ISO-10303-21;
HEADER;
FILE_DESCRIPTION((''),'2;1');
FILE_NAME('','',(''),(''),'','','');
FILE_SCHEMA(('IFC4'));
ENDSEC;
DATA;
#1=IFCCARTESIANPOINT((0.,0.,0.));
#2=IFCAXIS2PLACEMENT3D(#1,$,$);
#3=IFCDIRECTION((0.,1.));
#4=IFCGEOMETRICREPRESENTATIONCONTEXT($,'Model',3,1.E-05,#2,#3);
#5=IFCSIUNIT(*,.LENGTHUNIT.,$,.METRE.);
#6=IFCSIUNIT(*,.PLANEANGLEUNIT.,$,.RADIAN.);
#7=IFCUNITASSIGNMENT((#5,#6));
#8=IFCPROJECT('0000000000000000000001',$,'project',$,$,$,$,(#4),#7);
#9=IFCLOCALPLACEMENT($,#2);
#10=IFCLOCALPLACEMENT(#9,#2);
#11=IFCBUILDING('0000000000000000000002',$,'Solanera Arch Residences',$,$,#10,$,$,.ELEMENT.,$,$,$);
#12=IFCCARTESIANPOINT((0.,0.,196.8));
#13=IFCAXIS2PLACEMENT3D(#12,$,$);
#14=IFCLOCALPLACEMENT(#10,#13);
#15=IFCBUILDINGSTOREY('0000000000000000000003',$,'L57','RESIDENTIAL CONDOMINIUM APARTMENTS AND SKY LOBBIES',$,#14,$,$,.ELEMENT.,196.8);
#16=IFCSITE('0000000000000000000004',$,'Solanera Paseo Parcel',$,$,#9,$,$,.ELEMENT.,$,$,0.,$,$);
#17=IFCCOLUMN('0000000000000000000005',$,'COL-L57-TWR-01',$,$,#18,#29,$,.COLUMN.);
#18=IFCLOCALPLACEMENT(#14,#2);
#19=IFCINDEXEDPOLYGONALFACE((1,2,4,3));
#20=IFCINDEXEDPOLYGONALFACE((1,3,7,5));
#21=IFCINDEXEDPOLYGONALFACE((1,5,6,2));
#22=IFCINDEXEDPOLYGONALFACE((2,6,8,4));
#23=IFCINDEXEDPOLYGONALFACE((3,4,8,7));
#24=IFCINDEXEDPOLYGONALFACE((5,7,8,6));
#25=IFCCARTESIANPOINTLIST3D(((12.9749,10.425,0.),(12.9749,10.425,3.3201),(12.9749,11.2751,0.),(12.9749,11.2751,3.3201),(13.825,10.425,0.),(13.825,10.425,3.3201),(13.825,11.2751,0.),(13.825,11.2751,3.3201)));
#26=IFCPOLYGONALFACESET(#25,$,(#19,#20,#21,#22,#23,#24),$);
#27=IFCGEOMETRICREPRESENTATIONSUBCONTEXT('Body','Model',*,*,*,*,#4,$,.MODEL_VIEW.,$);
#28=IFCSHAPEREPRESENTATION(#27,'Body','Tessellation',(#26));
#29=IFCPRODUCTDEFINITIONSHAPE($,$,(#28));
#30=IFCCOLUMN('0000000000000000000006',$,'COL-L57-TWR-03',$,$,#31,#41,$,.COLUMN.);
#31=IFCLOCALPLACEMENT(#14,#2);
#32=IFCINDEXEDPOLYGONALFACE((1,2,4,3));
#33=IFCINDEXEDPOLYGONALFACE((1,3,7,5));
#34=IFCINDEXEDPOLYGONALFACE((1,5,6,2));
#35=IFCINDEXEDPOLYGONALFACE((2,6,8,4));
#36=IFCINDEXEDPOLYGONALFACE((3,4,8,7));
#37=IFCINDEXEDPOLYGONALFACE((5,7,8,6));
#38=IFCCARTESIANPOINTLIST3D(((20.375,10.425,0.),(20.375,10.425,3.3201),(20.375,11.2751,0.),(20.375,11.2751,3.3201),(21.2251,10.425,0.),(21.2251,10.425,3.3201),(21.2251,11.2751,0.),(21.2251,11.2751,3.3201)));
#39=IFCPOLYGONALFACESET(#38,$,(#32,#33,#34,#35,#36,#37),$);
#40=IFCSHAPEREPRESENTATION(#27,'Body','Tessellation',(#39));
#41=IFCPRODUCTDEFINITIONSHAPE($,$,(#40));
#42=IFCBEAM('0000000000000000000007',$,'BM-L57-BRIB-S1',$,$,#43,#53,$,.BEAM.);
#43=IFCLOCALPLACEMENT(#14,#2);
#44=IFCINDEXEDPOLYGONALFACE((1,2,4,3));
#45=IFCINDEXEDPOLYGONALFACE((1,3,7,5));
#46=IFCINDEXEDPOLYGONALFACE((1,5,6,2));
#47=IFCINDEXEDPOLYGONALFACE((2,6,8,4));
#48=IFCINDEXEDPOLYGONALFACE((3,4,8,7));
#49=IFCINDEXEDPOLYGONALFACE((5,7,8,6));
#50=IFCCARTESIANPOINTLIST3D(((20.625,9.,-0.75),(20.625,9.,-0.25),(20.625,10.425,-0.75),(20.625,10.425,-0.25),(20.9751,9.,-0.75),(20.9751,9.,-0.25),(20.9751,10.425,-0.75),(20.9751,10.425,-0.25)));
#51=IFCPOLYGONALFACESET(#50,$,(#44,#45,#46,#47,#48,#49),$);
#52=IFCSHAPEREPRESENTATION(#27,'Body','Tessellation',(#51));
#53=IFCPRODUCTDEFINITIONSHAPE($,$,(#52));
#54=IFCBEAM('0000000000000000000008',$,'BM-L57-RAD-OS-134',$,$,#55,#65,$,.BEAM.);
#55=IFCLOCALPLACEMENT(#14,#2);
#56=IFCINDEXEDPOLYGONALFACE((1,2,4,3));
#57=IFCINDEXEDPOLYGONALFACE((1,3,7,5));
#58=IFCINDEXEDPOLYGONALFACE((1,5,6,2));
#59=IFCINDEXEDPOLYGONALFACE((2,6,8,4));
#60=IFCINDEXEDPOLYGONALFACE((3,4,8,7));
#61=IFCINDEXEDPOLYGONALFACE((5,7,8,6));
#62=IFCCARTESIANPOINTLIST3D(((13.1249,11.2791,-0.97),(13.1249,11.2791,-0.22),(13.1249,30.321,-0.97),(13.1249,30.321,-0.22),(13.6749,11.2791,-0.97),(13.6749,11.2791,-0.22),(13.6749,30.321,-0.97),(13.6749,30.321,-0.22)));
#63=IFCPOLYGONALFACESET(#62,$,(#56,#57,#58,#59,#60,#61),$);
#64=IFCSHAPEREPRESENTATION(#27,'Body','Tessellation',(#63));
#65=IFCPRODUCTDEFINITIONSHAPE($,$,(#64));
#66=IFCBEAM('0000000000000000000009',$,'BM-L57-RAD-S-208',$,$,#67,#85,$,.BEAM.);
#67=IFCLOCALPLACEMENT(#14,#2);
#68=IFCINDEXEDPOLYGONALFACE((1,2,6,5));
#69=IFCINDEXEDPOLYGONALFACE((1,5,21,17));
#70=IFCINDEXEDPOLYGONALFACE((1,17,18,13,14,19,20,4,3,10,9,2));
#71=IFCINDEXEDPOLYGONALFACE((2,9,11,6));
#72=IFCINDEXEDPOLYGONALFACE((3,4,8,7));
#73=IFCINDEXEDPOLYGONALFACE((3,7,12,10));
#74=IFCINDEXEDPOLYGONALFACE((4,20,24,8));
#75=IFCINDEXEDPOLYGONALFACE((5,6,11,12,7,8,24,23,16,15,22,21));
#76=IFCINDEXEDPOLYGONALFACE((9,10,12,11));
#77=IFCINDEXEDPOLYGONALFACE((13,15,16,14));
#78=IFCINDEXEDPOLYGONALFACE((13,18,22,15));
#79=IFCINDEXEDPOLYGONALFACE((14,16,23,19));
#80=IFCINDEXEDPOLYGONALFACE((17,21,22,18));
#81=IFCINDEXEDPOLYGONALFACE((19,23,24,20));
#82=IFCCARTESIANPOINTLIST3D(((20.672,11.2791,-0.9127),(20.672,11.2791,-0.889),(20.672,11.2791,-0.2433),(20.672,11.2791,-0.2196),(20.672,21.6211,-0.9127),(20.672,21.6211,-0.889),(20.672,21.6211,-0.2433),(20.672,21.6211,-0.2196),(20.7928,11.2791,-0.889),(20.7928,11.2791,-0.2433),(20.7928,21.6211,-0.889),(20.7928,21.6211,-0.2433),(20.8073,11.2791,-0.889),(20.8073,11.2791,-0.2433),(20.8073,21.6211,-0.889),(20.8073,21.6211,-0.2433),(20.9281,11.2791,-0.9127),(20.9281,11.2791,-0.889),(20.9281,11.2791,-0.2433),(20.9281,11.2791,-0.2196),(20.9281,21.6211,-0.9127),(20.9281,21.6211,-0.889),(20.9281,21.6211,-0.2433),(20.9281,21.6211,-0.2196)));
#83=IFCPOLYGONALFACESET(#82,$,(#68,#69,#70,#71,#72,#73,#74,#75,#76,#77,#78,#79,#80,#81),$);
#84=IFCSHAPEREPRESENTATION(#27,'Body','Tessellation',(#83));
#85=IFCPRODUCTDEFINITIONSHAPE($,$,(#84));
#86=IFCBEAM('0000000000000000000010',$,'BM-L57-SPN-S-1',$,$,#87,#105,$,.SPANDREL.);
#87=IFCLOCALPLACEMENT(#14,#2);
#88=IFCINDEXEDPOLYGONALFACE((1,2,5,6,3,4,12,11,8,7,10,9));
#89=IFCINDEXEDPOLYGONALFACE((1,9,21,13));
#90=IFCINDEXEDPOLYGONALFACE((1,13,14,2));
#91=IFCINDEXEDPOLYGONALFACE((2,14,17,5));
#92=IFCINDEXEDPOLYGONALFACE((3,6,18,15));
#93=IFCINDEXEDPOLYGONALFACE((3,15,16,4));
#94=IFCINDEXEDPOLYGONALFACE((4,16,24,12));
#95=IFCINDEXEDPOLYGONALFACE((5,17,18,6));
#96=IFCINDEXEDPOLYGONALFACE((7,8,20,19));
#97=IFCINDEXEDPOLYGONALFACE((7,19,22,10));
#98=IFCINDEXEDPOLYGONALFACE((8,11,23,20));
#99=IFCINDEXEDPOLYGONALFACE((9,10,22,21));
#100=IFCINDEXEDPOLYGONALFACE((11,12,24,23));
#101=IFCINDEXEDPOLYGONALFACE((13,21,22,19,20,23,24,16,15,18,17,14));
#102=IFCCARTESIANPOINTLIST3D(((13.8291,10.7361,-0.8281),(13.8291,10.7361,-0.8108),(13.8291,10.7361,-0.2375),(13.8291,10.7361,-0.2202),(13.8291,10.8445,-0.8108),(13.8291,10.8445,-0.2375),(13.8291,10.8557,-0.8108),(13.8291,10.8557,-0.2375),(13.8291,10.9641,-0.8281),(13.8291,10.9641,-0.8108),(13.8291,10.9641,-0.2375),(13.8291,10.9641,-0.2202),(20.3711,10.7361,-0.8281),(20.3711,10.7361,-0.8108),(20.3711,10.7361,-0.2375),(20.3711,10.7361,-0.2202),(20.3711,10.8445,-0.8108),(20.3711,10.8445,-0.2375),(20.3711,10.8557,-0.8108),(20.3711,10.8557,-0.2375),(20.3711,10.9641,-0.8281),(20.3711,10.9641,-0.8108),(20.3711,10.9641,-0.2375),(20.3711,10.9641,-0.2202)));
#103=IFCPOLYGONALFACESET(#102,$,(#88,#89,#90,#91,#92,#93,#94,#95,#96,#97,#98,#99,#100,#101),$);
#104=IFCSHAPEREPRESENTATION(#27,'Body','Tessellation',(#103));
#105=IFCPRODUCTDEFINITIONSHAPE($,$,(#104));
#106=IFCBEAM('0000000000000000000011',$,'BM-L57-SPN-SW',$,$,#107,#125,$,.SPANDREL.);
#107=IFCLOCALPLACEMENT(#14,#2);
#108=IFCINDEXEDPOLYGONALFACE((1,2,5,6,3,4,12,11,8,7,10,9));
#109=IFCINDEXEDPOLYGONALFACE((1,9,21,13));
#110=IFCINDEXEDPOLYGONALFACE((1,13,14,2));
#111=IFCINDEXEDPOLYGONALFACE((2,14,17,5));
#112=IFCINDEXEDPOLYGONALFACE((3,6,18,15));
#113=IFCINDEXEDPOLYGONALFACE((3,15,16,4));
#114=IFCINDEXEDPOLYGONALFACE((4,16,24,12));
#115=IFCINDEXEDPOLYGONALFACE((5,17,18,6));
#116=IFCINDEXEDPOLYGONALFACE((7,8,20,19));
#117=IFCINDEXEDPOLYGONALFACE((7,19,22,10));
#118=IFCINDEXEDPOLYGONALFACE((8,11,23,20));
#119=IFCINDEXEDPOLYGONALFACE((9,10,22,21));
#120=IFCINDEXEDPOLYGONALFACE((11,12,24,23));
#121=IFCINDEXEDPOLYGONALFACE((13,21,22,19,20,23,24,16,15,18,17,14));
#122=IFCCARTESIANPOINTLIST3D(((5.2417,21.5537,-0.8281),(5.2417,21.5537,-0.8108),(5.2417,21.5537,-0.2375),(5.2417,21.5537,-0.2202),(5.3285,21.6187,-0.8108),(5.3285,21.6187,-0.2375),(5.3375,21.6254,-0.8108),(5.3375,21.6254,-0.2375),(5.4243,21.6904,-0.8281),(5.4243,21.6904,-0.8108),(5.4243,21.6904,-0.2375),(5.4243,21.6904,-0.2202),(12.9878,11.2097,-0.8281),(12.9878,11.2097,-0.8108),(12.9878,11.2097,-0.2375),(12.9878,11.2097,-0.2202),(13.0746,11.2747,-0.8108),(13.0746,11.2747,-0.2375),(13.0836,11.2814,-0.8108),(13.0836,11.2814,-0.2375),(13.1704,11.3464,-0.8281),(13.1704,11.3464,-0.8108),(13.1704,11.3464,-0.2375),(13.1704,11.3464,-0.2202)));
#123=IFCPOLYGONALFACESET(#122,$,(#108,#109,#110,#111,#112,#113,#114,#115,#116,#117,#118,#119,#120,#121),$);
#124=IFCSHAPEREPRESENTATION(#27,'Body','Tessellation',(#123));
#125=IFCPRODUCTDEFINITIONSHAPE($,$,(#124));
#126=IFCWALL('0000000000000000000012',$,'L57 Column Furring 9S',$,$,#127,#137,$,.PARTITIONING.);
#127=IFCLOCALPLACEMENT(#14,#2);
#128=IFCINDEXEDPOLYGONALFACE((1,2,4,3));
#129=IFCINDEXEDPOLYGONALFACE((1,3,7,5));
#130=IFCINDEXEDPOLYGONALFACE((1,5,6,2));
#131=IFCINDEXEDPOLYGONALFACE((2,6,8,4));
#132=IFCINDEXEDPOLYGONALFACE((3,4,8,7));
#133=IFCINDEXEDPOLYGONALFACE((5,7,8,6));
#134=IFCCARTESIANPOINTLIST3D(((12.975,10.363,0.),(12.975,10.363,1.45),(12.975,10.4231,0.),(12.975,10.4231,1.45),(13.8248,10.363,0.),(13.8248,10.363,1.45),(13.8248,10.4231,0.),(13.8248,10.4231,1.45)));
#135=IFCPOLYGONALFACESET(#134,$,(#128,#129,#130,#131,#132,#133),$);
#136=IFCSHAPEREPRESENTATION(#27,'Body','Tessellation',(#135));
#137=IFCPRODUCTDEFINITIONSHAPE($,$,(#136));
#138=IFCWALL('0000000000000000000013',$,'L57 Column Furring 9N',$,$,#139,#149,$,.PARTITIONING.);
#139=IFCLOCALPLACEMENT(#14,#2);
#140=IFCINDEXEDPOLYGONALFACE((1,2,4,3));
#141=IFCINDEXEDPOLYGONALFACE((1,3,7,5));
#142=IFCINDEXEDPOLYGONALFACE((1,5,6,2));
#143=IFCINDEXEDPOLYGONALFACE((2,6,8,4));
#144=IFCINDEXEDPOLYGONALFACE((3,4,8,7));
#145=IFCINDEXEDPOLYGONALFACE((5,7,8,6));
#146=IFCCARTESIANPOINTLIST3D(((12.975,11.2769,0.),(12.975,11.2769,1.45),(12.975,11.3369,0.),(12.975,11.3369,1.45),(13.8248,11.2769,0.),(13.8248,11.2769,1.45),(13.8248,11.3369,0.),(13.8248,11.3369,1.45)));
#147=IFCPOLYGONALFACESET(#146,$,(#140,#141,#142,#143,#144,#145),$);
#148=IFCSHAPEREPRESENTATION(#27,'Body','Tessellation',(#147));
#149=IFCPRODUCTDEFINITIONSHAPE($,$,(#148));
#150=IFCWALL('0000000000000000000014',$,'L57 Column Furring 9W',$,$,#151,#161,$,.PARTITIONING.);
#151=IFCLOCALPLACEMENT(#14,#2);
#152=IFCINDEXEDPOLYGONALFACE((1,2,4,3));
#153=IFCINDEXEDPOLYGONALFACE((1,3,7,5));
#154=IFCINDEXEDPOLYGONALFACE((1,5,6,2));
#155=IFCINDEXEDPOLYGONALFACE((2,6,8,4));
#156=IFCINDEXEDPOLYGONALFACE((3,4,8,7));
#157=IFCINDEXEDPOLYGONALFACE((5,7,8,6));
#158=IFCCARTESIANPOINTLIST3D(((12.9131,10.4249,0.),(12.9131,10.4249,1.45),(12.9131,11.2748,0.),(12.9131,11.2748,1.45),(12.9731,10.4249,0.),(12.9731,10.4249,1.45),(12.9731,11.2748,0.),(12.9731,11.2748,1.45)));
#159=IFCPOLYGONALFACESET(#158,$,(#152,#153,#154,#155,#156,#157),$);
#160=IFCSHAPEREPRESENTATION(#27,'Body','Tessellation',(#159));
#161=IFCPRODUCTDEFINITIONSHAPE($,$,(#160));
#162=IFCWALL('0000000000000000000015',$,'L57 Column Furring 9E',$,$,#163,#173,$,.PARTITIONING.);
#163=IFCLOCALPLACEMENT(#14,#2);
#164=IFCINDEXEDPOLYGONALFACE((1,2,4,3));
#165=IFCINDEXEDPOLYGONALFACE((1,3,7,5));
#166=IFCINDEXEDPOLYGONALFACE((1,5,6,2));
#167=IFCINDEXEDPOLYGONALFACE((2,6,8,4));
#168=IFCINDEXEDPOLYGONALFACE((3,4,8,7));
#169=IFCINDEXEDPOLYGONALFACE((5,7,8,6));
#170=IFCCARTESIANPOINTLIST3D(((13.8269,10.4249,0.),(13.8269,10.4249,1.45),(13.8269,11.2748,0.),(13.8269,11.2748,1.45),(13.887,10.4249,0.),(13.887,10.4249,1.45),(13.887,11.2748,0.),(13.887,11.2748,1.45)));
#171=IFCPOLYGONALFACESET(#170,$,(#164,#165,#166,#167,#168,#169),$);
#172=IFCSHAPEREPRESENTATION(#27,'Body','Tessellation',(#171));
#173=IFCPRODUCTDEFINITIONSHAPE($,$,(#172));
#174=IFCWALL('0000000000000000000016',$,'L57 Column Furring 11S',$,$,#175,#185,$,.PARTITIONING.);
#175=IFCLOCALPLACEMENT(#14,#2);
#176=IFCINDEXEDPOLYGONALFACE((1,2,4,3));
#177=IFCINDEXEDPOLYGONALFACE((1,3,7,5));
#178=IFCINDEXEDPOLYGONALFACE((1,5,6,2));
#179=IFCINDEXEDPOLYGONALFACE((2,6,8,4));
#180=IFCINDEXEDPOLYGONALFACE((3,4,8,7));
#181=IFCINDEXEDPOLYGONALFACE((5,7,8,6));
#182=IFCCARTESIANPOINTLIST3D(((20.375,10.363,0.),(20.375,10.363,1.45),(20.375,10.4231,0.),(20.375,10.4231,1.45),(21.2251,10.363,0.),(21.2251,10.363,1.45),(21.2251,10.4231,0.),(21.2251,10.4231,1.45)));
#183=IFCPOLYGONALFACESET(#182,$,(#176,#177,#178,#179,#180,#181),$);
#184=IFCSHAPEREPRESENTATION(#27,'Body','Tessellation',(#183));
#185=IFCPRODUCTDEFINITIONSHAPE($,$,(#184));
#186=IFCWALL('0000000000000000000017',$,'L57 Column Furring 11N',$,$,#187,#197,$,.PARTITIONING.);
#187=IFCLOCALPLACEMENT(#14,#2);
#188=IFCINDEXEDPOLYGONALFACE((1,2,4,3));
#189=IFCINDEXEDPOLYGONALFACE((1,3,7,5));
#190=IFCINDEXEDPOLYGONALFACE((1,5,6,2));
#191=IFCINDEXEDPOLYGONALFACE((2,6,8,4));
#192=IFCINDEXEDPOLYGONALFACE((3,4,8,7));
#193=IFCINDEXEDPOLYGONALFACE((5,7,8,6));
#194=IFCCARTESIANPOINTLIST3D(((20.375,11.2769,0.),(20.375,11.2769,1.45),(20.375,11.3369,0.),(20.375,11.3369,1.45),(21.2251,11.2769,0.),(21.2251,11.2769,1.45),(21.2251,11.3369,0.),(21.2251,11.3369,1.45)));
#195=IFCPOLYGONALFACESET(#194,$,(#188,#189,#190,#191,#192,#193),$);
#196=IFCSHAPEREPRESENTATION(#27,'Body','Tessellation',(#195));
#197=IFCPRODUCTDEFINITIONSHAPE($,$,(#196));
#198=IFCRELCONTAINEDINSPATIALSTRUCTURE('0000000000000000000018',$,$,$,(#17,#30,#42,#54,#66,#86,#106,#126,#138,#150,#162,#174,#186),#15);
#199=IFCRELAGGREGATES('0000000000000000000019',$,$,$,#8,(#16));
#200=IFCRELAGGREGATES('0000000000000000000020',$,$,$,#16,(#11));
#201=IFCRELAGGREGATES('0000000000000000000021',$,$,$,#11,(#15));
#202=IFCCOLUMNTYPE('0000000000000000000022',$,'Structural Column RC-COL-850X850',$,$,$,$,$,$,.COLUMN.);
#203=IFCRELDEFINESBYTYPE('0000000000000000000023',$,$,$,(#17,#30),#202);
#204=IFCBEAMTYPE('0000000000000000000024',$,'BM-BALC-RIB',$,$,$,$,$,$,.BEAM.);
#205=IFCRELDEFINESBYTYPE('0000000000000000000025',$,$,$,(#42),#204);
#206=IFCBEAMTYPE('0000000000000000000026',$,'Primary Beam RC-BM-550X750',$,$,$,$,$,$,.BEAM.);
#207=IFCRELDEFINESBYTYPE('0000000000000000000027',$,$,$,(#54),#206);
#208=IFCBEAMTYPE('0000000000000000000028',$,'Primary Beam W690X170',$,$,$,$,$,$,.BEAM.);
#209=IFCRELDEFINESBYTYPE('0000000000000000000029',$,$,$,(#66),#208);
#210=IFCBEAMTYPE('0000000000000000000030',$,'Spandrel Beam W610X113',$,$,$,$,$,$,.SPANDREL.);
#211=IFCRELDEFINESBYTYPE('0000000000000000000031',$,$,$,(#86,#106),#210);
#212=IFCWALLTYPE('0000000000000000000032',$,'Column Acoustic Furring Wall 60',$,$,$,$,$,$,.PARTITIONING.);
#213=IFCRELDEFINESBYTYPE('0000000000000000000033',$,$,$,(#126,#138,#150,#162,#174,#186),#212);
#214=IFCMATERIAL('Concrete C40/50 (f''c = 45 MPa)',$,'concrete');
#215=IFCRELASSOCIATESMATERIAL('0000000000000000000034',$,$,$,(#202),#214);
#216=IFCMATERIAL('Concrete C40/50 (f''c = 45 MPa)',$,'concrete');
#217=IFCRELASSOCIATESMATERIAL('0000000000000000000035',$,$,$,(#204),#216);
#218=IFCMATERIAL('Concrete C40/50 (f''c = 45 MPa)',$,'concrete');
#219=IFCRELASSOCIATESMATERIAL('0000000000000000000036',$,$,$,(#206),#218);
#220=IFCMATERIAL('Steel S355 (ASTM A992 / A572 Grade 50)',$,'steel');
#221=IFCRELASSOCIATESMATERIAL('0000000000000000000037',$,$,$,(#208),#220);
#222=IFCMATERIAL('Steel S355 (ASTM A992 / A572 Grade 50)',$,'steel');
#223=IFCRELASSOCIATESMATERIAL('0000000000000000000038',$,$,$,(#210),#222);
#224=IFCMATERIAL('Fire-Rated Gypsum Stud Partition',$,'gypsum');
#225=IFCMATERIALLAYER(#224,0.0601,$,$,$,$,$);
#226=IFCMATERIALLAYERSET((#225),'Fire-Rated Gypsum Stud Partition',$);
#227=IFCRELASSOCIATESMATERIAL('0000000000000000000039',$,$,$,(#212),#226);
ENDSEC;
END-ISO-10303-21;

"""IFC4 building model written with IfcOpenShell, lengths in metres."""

from ifc_helpers import new_model, si_unit, direction, frame, frame_2d, origin, origin_2d, place, context, subcontext, project, spatial, rectangle, i_section, extrude, material, layer, layer_set, material_profile, profile_set, type_object, element, save


model = new_model("IFC4")

# Units and contexts
model_context = context("Model", 3, precision=1e-05, world=origin(), true_north=direction((0.0, 1.0)))
body_context = subcontext(model_context, "Body", "Model", "MODEL_VIEW")
ifc_project = project(units=[si_unit("LENGTHUNIT", "METRE"), si_unit("PLANEANGLEUNIT", "RADIAN")], contexts=[model_context])

# Site, building, storey
site_placement = place(None, origin())
site = spatial("IfcSite", under=ifc_project, at=site_placement, Name="Solanera Paseo Parcel", CompositionType="ELEMENT", RefElevation=0.0)
building_placement = place(site_placement, origin())
building = spatial("IfcBuilding", under=site, at=building_placement, Name="Solanera Arch Residences", CompositionType="ELEMENT")
storey_placement = place(building_placement, frame((0.0, 0.0, 196.8)))
storey = spatial("IfcBuildingStorey", under=building, at=storey_placement, Name="L57", Description="RESIDENTIAL CONDOMINIUM APARTMENTS AND SKY LOBBIES", CompositionType="ELEMENT", Elevation=196.8)

# Columns
ifc_material_1 = material(Name="Concrete C40/50 (f'c = 45 MPa)", Category="concrete")
ifc_material_profile_1 = material_profile(ifc_material_1, rectangle(XDim=0.8501, YDim=0.8501, at=origin_2d()))
ifc_profile_set_1 = profile_set([ifc_material_profile_1], Name="Concrete C40/50 (f'c = 45 MPa)")
column_type = type_object("IfcColumnType", Name="Structural Column RC-COL-850X850", PredefinedType="COLUMN", material=ifc_profile_set_1)
for number, where, z_axis, x_axis, name in (
    (1, (13.3999, 10.8501, 0.0), (0.0, 0.0, 1.0), (1.0, 0.0, 0.0), "COL-L57-TWR-01"),
    (2, (20.8, 10.8501, 0.0), (0.0, 0.0, 1.0), (1.0, 0.0, 0.0), "COL-L57-TWR-03"),
):
    element("IfcColumn", number, at=place(storey_placement, frame(where, z_axis=z_axis, x_axis=x_axis)), inside=storey, type_object=column_type, Name=name, PredefinedType="COLUMN", context=body_context, shape_type="SweptSolid", body=[
        extrude(rectangle(XDim=0.8501, YDim=0.8501, at=origin_2d()), origin(), (0.0, 0.0, 1.0), 3.3201),
    ])

# Beams
ifc_material_2 = material(Name="Concrete C40/50 (f'c = 45 MPa)", Category="concrete")
ifc_material_profile_2 = material_profile(ifc_material_2, rectangle(XDim=0.3501, YDim=0.5, at=origin_2d()))
ifc_profile_set_2 = profile_set([ifc_material_profile_2], Name="Concrete C40/50 (f'c = 45 MPa)")
beam_type_1 = type_object("IfcBeamType", Name="BM-BALC-RIB", PredefinedType="BEAM", material=ifc_profile_set_2)
beam_1_placement = place(storey_placement, frame((20.8, 9.0, -0.5), z_axis=(0.0, 1.0, 0.0), x_axis=(-1.0, 0.0, 0.0)))
element("IfcBeam", 3, at=beam_1_placement, inside=storey, type_object=beam_type_1, Name="BM-L57-BRIB-S1", PredefinedType="BEAM", context=body_context, shape_type="SweptSolid", body=[
    extrude(rectangle(XDim=0.3501, YDim=0.5, at=origin_2d()), origin(), (0.0, 0.0, 1.0), 1.425),
])
ifc_material_3 = material(Name="Concrete C40/50 (f'c = 45 MPa)", Category="concrete")
ifc_material_profile_3 = material_profile(ifc_material_3, rectangle(XDim=0.55, YDim=0.75, at=origin_2d()))
ifc_profile_set_3 = profile_set([ifc_material_profile_3], Name="Concrete C40/50 (f'c = 45 MPa)")
beam_type_2 = type_object("IfcBeamType", Name="Primary Beam RC-BM-550X750", PredefinedType="BEAM", material=ifc_profile_set_3)
beam_2_placement = place(storey_placement, frame((13.3999, 11.2791, -0.595), z_axis=(0.0, 1.0, 0.0), x_axis=(-1.0, 0.0, 0.0)))
element("IfcBeam", 4, at=beam_2_placement, inside=storey, type_object=beam_type_2, Name="BM-L57-RAD-OS-134", PredefinedType="BEAM", context=body_context, shape_type="SweptSolid", body=[
    extrude(rectangle(XDim=0.55, YDim=0.75, at=origin_2d()), origin(), (0.0, 0.0, 1.0), 19.042),
])
ifc_material_4 = material(Name="Steel S355 (ASTM A992 / A572 Grade 50)", Category="steel")
ifc_material_profile_4 = material_profile(ifc_material_4, i_section(OverallWidth=0.2561, OverallDepth=0.6931, WebThickness=0.0144, FlangeThickness=0.0237, at=origin_2d()))
ifc_profile_set_4 = profile_set([ifc_material_profile_4], Name="Steel S355 (ASTM A992 / A572 Grade 50)")
beam_type_3 = type_object("IfcBeamType", Name="Primary Beam W690X170", PredefinedType="BEAM", material=ifc_profile_set_4)
beam_3_placement = place(storey_placement, frame((20.8, 11.2791, -0.5662), z_axis=(0.0, 1.0, 0.0), x_axis=(-1.0, 0.0, 0.0)))
element("IfcBeam", 5, at=beam_3_placement, inside=storey, type_object=beam_type_3, Name="BM-L57-RAD-S-208", PredefinedType="BEAM", context=body_context, shape_type="SweptSolid", body=[
    extrude(i_section(OverallWidth=0.2561, OverallDepth=0.6931, WebThickness=0.0144, FlangeThickness=0.0237, at=origin_2d()), origin(), (0.0, 0.0, 1.0), 10.342),
])
ifc_material_5 = material(Name="Steel S355 (ASTM A992 / A572 Grade 50)", Category="steel")
ifc_material_profile_5 = material_profile(ifc_material_5, i_section(OverallWidth=0.228, OverallDepth=0.6079, WebThickness=0.0112, FlangeThickness=0.0173, at=origin_2d()))
ifc_profile_set_5 = profile_set([ifc_material_profile_5], Name="Steel S355 (ASTM A992 / A572 Grade 50)")
beam_type_4 = type_object("IfcBeamType", Name="Spandrel Beam W610X113", PredefinedType="SPANDREL", material=ifc_profile_set_5)
beam_4_placement = place(storey_placement, frame((13.8291, 10.8501, -0.5242), z_axis=(1.0, 0.0, 0.0), x_axis=(0.0, 1.0, 0.0)))
element("IfcBeam", 6, at=beam_4_placement, inside=storey, type_object=beam_type_4, Name="BM-L57-SPN-S-1", PredefinedType="SPANDREL", context=body_context, shape_type="SweptSolid", body=[
    extrude(i_section(OverallWidth=0.228, OverallDepth=0.6079, WebThickness=0.0112, FlangeThickness=0.0173, at=origin_2d()), origin(), (0.0, 0.0, 1.0), 6.542),
])
beam_5_placement = place(storey_placement, frame((13.0791, 11.2781, -0.5242), z_axis=(-0.59941, 0.800442, 0.0), x_axis=(-0.800442, -0.59941, 0.0)))
element("IfcBeam", 7, at=beam_5_placement, inside=storey, type_object=beam_type_4, Name="BM-L57-SPN-SW", PredefinedType="SPANDREL", context=body_context, shape_type="SweptSolid", body=[
    extrude(i_section(OverallWidth=0.228, OverallDepth=0.6079, WebThickness=0.0112, FlangeThickness=0.0173, at=origin_2d()), origin(), (0.0, 0.0, 1.0), 12.9229),
])

# Walls
ifc_material_6 = material(Name="Fire-Rated Gypsum Stud Partition", Category="gypsum")
ifc_layer_1 = layer(ifc_material_6, 0.0601)
ifc_layer_set_1 = layer_set([ifc_layer_1], Name="Fire-Rated Gypsum Stud Partition")
wall_type_1 = type_object("IfcWallType", Name="Column Acoustic Furring Wall 60", PredefinedType="PARTITIONING", material=ifc_layer_set_1)
for number, where, z_axis, x_axis, name in (
    (8, (12.9751, 10.3931, 0.0), (0.0, 0.0, 1.0), (1.0, 0.0, 0.0), "L57 Column Furring 9S"),
    (9, (12.9751, 11.3069, 0.0), (0.0, 0.0, 1.0), (1.0, 0.0, 0.0), "L57 Column Furring 9N"),
    (10, (12.9431, 10.425, 0.0), (0.0, 0.0, 1.0), (0.0, 1.0, 0.0), "L57 Column Furring 9W"),
    (11, (13.8569, 10.425, 0.0), (0.0, 0.0, 1.0), (0.0, 1.0, 0.0), "L57 Column Furring 9E"),
):
    element("IfcWall", number, at=place(storey_placement, frame(where, z_axis=z_axis, x_axis=x_axis)), inside=storey, type_object=wall_type_1, Name=name, PredefinedType="PARTITIONING", context=body_context, shape_type="SweptSolid", body=[
        extrude(rectangle(XDim=0.8499, YDim=0.0601, at=frame_2d((0.4248, 0.0))), origin(), (0.0, 0.0, 1.0), 1.45),
    ])
for number, where, z_axis, x_axis, name in (
    (12, (20.375, 10.3931, 0.0), (0.0, 0.0, 1.0), (1.0, 0.0, 0.0), "L57 Column Furring 11S"),
    (13, (20.375, 11.3069, 0.0), (0.0, 0.0, 1.0), (1.0, 0.0, 0.0), "L57 Column Furring 11N"),
):
    element("IfcWall", number, at=place(storey_placement, frame(where, z_axis=z_axis, x_axis=x_axis)), inside=storey, type_object=wall_type_1, Name=name, PredefinedType="PARTITIONING", context=body_context, shape_type="SweptSolid", body=[
        extrude(rectangle(XDim=0.8501, YDim=0.0601, at=frame_2d((0.425, 0.0))), origin(), (0.0, 0.0, 1.0), 1.45),
    ])

save(model, "model.ifc")
